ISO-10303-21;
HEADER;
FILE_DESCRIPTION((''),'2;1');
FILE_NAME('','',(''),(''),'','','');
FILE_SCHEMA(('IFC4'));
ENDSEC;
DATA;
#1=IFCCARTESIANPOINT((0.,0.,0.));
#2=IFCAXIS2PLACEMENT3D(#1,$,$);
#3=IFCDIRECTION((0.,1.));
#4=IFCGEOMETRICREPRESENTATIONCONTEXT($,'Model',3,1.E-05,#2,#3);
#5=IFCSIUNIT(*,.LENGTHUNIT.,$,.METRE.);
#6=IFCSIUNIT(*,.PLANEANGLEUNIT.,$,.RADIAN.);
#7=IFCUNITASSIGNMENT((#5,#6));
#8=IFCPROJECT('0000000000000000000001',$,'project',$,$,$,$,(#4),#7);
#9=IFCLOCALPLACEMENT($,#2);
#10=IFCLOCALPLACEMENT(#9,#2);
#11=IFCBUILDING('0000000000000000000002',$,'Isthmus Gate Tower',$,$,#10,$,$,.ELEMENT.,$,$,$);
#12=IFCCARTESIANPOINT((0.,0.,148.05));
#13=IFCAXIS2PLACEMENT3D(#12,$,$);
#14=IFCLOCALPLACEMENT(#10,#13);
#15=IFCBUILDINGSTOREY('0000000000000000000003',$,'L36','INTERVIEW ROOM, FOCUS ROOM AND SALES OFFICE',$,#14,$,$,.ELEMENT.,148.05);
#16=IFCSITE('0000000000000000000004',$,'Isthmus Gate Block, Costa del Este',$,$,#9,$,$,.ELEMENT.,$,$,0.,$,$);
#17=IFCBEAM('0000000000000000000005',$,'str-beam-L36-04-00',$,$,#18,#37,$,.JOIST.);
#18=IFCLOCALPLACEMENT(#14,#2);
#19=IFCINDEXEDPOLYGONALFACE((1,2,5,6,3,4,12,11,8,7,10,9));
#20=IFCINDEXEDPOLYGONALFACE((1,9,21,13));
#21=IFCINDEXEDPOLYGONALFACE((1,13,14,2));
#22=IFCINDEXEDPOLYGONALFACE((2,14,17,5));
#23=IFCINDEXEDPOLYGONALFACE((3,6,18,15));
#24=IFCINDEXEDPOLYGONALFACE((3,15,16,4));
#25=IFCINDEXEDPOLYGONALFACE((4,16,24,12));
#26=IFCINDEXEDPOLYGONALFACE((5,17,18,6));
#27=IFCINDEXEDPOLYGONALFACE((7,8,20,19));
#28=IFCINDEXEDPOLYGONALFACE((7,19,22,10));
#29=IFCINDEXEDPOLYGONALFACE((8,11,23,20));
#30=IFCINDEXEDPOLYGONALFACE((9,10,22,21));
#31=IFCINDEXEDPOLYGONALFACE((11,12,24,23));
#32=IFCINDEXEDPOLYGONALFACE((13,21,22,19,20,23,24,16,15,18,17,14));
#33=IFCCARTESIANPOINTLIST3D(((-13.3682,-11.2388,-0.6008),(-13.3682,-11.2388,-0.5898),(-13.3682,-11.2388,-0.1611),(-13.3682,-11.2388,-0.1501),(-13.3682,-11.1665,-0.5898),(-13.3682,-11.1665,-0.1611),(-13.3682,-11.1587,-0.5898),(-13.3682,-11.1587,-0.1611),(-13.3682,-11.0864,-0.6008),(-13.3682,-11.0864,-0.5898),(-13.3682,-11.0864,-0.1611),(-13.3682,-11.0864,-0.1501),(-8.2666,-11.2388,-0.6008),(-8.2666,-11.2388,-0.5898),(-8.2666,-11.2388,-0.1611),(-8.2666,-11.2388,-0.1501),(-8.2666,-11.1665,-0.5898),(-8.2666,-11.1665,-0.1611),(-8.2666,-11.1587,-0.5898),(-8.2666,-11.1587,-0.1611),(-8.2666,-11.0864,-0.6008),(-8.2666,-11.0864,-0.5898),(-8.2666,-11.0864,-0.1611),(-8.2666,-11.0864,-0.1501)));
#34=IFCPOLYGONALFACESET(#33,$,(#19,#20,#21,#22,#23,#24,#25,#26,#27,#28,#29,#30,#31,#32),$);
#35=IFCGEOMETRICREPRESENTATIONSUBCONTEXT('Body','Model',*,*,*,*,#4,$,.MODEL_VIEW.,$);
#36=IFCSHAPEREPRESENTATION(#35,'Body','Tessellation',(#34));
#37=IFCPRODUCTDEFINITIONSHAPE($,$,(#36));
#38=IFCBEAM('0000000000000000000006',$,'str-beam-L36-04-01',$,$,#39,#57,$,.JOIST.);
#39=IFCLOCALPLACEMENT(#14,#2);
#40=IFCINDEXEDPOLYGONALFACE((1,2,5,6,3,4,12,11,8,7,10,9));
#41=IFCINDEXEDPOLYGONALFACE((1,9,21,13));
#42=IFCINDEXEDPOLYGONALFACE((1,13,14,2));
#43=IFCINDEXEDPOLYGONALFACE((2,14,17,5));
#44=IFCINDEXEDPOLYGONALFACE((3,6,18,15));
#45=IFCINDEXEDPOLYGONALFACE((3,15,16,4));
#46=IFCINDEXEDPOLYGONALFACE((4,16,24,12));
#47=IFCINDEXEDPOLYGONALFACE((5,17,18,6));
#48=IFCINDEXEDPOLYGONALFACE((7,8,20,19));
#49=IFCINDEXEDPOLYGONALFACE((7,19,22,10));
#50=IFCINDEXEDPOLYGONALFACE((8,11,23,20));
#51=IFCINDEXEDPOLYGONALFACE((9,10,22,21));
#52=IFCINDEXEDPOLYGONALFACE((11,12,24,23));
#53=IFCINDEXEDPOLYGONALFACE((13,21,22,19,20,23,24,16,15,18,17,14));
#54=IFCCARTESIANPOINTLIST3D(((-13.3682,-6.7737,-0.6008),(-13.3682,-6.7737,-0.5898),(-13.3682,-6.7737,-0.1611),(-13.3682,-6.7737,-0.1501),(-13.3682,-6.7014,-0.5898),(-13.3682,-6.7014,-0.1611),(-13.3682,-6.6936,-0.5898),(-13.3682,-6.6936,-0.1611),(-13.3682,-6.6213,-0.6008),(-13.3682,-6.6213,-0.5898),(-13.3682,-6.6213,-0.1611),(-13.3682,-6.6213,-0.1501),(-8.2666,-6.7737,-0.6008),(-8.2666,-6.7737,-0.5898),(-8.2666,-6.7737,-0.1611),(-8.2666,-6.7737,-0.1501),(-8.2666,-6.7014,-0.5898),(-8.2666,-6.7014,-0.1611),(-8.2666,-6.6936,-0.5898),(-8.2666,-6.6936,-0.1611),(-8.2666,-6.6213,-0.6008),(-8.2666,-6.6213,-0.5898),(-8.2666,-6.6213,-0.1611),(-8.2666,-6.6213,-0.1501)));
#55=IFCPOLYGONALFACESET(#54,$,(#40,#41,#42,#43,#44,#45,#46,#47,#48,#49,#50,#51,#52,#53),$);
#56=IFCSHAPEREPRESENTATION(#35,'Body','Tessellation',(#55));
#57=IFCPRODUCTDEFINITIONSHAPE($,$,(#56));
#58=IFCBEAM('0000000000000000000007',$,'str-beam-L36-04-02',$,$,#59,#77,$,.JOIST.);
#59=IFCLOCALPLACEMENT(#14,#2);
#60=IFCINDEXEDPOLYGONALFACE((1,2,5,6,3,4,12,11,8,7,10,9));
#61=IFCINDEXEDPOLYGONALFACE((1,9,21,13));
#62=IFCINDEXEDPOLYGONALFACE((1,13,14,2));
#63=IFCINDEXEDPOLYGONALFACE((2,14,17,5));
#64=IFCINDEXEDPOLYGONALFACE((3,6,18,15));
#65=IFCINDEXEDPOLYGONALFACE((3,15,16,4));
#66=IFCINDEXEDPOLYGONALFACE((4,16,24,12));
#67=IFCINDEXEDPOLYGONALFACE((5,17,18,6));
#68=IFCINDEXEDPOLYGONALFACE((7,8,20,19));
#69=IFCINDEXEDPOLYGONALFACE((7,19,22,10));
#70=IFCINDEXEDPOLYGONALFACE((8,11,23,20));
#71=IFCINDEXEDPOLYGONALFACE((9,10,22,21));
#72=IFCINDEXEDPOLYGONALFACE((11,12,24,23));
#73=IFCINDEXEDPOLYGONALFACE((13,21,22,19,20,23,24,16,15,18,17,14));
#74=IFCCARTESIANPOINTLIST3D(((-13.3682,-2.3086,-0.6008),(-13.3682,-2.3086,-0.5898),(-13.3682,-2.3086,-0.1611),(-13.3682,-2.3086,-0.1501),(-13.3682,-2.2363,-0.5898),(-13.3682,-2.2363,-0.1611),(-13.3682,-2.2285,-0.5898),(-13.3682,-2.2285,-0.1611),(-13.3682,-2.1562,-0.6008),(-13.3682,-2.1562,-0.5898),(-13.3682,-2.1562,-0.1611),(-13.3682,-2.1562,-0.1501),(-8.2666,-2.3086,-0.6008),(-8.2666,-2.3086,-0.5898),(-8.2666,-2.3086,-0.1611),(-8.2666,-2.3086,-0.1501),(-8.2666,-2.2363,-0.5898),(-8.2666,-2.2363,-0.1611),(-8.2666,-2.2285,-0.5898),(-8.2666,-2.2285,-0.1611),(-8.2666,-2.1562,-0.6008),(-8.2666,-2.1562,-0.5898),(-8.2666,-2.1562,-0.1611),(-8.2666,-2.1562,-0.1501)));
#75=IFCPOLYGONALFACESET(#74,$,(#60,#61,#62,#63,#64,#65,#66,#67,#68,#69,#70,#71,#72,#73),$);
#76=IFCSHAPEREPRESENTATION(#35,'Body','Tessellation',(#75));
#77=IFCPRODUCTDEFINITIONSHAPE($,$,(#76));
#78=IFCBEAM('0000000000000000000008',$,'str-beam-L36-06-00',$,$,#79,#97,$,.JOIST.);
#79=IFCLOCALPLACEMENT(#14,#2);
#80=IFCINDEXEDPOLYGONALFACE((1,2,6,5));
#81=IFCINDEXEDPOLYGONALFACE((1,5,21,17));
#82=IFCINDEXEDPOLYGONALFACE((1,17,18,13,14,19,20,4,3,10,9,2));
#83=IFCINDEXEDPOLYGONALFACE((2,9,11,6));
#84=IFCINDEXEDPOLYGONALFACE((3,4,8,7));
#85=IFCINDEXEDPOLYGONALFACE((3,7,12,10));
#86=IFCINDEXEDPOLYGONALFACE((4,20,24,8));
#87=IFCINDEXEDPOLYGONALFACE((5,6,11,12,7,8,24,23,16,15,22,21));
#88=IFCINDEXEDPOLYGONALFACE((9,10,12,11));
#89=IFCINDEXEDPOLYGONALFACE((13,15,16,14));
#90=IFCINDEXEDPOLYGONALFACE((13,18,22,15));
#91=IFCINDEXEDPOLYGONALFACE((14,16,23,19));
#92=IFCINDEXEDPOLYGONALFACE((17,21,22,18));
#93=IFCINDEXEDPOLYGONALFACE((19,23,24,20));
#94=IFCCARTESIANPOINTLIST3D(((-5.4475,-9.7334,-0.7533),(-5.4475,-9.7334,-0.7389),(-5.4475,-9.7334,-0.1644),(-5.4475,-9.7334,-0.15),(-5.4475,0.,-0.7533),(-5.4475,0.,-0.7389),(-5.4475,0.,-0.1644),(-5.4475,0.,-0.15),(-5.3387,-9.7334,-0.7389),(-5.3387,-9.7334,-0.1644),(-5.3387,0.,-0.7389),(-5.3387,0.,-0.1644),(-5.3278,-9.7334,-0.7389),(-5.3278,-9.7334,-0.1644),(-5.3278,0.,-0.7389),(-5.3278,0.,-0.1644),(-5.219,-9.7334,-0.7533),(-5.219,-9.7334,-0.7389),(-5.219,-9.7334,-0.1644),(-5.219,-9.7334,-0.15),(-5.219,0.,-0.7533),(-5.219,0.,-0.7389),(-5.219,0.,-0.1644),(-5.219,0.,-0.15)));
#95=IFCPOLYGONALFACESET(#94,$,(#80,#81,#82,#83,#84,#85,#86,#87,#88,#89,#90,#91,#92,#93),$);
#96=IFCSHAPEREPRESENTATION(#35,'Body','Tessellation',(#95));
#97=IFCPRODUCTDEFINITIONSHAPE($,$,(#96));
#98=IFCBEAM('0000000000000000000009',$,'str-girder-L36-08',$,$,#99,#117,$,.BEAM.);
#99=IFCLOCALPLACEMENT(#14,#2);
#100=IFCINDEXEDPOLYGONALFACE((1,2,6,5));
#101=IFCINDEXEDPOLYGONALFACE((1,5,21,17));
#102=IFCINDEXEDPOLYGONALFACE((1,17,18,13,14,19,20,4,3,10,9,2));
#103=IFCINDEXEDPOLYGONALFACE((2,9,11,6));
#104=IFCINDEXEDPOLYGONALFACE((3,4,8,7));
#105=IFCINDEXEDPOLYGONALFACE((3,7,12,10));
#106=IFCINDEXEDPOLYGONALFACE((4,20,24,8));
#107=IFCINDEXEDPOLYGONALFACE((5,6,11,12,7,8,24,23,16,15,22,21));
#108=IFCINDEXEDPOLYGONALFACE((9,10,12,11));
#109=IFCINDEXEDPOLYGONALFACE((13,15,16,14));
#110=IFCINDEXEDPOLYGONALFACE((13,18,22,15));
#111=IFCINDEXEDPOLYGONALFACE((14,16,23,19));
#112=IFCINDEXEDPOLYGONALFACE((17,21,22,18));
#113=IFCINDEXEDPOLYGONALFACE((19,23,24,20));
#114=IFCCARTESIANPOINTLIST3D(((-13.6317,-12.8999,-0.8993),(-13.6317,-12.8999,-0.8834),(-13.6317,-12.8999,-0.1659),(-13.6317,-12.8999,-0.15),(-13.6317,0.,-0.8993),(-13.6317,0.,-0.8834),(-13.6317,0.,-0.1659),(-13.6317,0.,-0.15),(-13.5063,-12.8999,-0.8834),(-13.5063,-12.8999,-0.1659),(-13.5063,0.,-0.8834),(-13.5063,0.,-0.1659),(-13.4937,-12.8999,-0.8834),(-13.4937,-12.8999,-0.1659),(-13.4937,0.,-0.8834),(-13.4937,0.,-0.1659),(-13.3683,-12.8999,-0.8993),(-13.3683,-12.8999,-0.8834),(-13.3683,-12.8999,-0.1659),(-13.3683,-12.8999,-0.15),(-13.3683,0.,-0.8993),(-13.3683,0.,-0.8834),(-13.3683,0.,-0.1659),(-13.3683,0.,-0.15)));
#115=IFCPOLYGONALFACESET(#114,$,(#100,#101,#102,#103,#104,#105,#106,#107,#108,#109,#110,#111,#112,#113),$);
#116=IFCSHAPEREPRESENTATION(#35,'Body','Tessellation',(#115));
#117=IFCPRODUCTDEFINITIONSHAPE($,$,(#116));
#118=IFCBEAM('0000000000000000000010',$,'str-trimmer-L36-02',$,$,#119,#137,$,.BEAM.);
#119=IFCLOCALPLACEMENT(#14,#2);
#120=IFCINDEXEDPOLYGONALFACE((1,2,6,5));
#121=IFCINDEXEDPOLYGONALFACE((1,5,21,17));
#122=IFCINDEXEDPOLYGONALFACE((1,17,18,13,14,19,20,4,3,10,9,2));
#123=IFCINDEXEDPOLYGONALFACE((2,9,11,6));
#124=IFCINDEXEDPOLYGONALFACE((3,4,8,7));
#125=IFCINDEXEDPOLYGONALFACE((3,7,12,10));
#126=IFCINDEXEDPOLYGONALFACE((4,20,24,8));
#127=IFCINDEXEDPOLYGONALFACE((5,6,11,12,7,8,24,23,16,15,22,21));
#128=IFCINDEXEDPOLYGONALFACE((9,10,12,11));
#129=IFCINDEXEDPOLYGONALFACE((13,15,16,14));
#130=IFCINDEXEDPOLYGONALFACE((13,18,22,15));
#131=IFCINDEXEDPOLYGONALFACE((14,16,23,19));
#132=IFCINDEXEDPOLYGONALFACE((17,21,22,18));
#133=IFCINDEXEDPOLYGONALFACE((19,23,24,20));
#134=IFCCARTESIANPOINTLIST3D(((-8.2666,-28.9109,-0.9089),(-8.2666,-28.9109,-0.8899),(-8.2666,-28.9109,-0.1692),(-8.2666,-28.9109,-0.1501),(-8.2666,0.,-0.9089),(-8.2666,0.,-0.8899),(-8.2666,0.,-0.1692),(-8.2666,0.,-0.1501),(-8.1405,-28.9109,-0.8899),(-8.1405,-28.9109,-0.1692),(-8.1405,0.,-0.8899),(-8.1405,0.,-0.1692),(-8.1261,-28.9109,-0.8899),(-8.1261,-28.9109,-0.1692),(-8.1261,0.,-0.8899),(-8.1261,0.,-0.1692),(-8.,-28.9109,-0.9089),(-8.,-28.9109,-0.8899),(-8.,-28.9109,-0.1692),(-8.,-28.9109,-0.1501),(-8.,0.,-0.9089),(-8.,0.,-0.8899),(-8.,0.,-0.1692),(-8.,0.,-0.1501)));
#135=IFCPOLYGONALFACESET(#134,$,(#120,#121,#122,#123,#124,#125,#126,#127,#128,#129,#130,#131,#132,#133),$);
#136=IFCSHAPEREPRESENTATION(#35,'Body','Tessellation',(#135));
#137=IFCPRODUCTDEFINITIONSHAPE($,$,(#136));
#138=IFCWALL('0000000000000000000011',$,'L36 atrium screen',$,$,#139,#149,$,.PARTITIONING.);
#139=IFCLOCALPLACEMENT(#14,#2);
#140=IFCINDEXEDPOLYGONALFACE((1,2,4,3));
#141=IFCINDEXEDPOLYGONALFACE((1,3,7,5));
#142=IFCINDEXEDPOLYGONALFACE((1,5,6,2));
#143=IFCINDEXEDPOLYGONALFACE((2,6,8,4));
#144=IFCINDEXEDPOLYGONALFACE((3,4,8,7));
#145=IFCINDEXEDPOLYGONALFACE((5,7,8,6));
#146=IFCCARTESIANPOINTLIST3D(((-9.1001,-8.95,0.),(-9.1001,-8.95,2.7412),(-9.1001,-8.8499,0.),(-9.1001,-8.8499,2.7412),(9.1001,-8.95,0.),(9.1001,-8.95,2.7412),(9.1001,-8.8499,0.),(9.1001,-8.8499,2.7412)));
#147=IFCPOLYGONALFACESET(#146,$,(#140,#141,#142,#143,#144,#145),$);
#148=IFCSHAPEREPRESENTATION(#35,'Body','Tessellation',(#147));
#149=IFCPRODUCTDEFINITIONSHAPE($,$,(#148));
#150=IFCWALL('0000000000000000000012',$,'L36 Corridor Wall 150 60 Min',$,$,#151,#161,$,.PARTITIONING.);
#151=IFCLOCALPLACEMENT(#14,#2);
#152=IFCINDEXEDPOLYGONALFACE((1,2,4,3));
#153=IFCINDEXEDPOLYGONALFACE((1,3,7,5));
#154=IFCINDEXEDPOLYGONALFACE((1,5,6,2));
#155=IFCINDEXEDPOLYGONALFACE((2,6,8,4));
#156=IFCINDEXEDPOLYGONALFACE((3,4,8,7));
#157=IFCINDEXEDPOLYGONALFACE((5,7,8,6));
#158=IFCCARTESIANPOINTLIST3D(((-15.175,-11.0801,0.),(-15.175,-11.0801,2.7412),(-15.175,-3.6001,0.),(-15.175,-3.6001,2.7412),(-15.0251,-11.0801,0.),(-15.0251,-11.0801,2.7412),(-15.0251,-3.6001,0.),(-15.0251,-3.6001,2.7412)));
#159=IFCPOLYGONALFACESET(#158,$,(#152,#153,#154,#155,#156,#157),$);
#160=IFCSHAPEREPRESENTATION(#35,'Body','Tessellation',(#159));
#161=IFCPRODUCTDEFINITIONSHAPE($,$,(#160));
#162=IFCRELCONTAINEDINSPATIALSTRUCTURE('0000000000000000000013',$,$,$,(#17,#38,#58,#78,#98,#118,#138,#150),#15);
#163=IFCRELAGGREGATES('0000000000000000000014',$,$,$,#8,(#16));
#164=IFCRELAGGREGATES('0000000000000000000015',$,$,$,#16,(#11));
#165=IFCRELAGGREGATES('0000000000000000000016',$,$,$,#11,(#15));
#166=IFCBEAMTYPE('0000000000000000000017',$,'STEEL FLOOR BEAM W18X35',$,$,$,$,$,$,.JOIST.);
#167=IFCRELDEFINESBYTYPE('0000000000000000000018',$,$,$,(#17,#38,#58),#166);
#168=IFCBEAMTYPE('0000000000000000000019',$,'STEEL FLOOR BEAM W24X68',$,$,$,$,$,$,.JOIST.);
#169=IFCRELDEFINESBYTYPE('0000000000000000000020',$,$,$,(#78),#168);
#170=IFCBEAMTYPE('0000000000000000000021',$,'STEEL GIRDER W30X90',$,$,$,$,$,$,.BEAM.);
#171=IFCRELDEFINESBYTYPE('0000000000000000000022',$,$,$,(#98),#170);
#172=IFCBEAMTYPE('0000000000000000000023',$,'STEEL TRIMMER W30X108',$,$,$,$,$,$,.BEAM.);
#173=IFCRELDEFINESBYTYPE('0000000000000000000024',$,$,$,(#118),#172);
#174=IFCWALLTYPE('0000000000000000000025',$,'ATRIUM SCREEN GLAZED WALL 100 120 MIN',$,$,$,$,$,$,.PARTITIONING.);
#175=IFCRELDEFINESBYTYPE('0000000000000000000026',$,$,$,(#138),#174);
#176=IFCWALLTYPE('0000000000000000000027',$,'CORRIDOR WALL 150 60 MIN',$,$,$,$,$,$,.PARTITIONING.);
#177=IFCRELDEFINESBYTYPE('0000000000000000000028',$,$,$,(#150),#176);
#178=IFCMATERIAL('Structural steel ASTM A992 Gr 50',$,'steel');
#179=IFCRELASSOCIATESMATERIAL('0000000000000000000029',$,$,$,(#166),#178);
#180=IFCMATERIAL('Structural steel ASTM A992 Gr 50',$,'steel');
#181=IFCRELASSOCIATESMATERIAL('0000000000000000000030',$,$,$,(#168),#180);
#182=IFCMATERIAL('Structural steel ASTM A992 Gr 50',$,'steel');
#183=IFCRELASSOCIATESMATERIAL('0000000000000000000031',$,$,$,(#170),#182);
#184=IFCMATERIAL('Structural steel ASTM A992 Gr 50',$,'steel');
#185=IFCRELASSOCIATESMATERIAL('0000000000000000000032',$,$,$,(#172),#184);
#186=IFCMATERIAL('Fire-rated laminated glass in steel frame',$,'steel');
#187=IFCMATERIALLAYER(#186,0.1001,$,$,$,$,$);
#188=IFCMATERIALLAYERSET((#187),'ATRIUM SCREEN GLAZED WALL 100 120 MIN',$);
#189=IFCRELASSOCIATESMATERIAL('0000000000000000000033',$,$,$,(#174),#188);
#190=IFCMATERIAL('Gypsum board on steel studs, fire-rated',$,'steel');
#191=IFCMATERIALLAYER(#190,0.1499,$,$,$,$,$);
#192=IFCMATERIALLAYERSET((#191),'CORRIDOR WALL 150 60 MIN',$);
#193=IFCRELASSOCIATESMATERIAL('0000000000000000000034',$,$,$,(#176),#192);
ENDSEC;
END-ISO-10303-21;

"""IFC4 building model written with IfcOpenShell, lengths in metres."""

from ifc_helpers import new_model, si_unit, direction, frame, frame_2d, origin, origin_2d, place, context, subcontext, project, spatial, rectangle, i_section, extrude, material, layer, layer_set, material_profile, profile_set, type_object, element, save


model = new_model("IFC4")

# Units and contexts
model_context = context("Model", 3, precision=1e-05, world=origin(), true_north=direction((0.0, 1.0)))
body_context = subcontext(model_context, "Body", "Model", "MODEL_VIEW")
ifc_project = project(units=[si_unit("LENGTHUNIT", "METRE"), si_unit("PLANEANGLEUNIT", "RADIAN")], contexts=[model_context])

# Site, building, storey
site_placement = place(None, origin())
site = spatial("IfcSite", under=ifc_project, at=site_placement, Name="Isthmus Gate Block, Costa del Este", CompositionType="ELEMENT", RefElevation=0.0)
building_placement = place(site_placement, origin())
building = spatial("IfcBuilding", under=site, at=building_placement, Name="Isthmus Gate Tower", CompositionType="ELEMENT")
storey_placement = place(building_placement, frame((0.0, 0.0, 148.05)))
storey = spatial("IfcBuildingStorey", under=building, at=storey_placement, Name="L36", Description="INTERVIEW ROOM, FOCUS ROOM AND SALES OFFICE", CompositionType="ELEMENT", Elevation=148.05)

# Beams
ifc_material_1 = material(Name="Structural steel ASTM A992 Gr 50", Category="steel")
ifc_material_profile_1 = material_profile(ifc_material_1, i_section(OverallWidth=0.1523, OverallDepth=0.4507, WebThickness=0.0078, FlangeThickness=0.011, at=origin_2d()), Name="W18X35")
ifc_profile_set_1 = profile_set([ifc_material_profile_1], Name="Structural steel ASTM A992 Gr 50")
beam_type_1 = type_object("IfcBeamType", Name="STEEL FLOOR BEAM W18X35", PredefinedType="JOIST", material=ifc_profile_set_1)
for number, where, z_axis, x_axis, name in (
    (1, (-13.3682, -11.1626, -0.3755), (1.0, 0.0, 0.0), (0.0, 1.0, 0.0), "str-beam-L36-04-00"),
    (2, (-13.3682, -6.6975, -0.3755), (1.0, 0.0, 0.0), (0.0, 1.0, 0.0), "str-beam-L36-04-01"),
    (3, (-13.3682, -2.2324, -0.3755), (1.0, 0.0, 0.0), (0.0, 1.0, 0.0), "str-beam-L36-04-02"),
):
    element("IfcBeam", number, at=place(storey_placement, frame(where, z_axis=z_axis, x_axis=x_axis)), inside=storey, type_object=beam_type_1, Name=name, PredefinedType="JOIST", context=body_context, shape_type="SweptSolid", body=[
        extrude(i_section(OverallWidth=0.1523, OverallDepth=0.4507, WebThickness=0.0078, FlangeThickness=0.011, at=origin_2d()), origin(), (0.0, 0.0, 1.0), 5.1016),
    ])
ifc_material_2 = material(Name="Structural steel ASTM A992 Gr 50", Category="steel")
ifc_material_profile_2 = material_profile(ifc_material_2, i_section(OverallWidth=0.2285, OverallDepth=0.6033, WebThickness=0.011, FlangeThickness=0.0144, at=origin_2d()), Name="W24X68")
ifc_profile_set_2 = profile_set([ifc_material_profile_2], Name="Structural steel ASTM A992 Gr 50")
beam_type_2 = type_object("IfcBeamType", Name="STEEL FLOOR BEAM W24X68", PredefinedType="JOIST", material=ifc_profile_set_2)
beam_1_placement = place(storey_placement, frame((-5.3333, -9.7334, -0.4517), z_axis=(0.0, 1.0, 0.0), x_axis=(-1.0, 0.0, 0.0)))
element("IfcBeam", 4, at=beam_1_placement, inside=storey, type_object=beam_type_2, Name="str-beam-L36-06-00", PredefinedType="JOIST", context=body_context, shape_type="SweptSolid", body=[
    extrude(i_section(OverallWidth=0.2285, OverallDepth=0.6033, WebThickness=0.011, FlangeThickness=0.0144, at=origin_2d()), origin(), (0.0, 0.0, 1.0), 9.7334),
])
ifc_material_3 = material(Name="Structural steel ASTM A992 Gr 50", Category="steel")
ifc_material_profile_3 = material_profile(ifc_material_3, i_section(OverallWidth=0.2634, OverallDepth=0.7493, WebThickness=0.0127, FlangeThickness=0.0159, at=origin_2d()), Name="W30X90")
ifc_profile_set_3 = profile_set([ifc_material_profile_3], Name="Structural steel ASTM A992 Gr 50")
beam_type_3 = type_object("IfcBeamType", Name="STEEL GIRDER W30X90", PredefinedType="BEAM", material=ifc_profile_set_3)
beam_2_placement = place(storey_placement, frame((-13.5, -12.8999, -0.5247), z_axis=(0.0, 1.0, 0.0), x_axis=(-1.0, 0.0, 0.0)))
element("IfcBeam", 5, at=beam_2_placement, inside=storey, type_object=beam_type_3, Name="str-girder-L36-08", PredefinedType="BEAM", context=body_context, shape_type="SweptSolid", body=[
    extrude(i_section(OverallWidth=0.2634, OverallDepth=0.7493, WebThickness=0.0127, FlangeThickness=0.0159, at=origin_2d()), origin(), (0.0, 0.0, 1.0), 12.8999),
])
ifc_material_4 = material(Name="Structural steel ASTM A992 Gr 50", Category="steel")
ifc_material_profile_4 = material_profile(ifc_material_4, i_section(OverallWidth=0.2666, OverallDepth=0.7588, WebThickness=0.0144, FlangeThickness=0.019, at=origin_2d()), Name="W30X108")
ifc_profile_set_4 = profile_set([ifc_material_profile_4], Name="Structural steel ASTM A992 Gr 50")
beam_type_4 = type_object("IfcBeamType", Name="STEEL TRIMMER W30X108", PredefinedType="BEAM", material=ifc_profile_set_4)
beam_3_placement = place(storey_placement, frame((-8.1333, 0.0, -0.5295), z_axis=(0.0, -1.0, 0.0), x_axis=(1.0, 0.0, 0.0)))
element("IfcBeam", 6, at=beam_3_placement, inside=storey, type_object=beam_type_4, Name="str-trimmer-L36-02", PredefinedType="BEAM", context=body_context, shape_type="SweptSolid", body=[
    extrude(i_section(OverallWidth=0.2666, OverallDepth=0.7588, WebThickness=0.0144, FlangeThickness=0.019, at=origin_2d()), origin(), (0.0, 0.0, 1.0), 28.9109),
])

# Walls
ifc_material_5 = material(Name="Fire-rated laminated glass in steel frame", Category="steel")
ifc_layer_1 = layer(ifc_material_5, 0.1001)
ifc_layer_set_1 = layer_set([ifc_layer_1], Name="ATRIUM SCREEN GLAZED WALL 100 120 MIN")
wall_type_1 = type_object("IfcWallType", Name="ATRIUM SCREEN GLAZED WALL 100 120 MIN", PredefinedType="PARTITIONING", material=ifc_layer_set_1)
wall_1_placement = place(storey_placement, frame((-9.1001, -8.8999, 0.0), z_axis=(0.0, 0.0, 1.0), x_axis=(1.0, 0.0, 0.0)))
element("IfcWall", 7, at=wall_1_placement, inside=storey, type_object=wall_type_1, Name="L36 atrium screen", PredefinedType="PARTITIONING", context=body_context, shape_type="SweptSolid", body=[
    extrude(rectangle(XDim=18.2002, YDim=0.1001, at=frame_2d((9.1001, 0.0))), origin(), (0.0, 0.0, 1.0), 2.7412),
])
ifc_material_6 = material(Name="Gypsum board on steel studs, fire-rated", Category="steel")
ifc_layer_2 = layer(ifc_material_6, 0.1499)
ifc_layer_set_2 = layer_set([ifc_layer_2], Name="CORRIDOR WALL 150 60 MIN")
wall_type_2 = type_object("IfcWallType", Name="CORRIDOR WALL 150 60 MIN", PredefinedType="PARTITIONING", material=ifc_layer_set_2)
wall_2_placement = place(storey_placement, frame((-15.1001, -3.6001, 0.0), z_axis=(0.0, 0.0, 1.0), x_axis=(0.0, -1.0, 0.0)))
element("IfcWall", 8, at=wall_2_placement, inside=storey, type_object=wall_type_2, Name="L36 Corridor Wall 150 60 Min", PredefinedType="PARTITIONING", context=body_context, shape_type="SweptSolid", body=[
    extrude(rectangle(XDim=7.48, YDim=0.1499, at=frame_2d((3.74, 0.0))), origin(), (0.0, 0.0, 1.0), 2.7412),
])

save(model, "model.ifc")
